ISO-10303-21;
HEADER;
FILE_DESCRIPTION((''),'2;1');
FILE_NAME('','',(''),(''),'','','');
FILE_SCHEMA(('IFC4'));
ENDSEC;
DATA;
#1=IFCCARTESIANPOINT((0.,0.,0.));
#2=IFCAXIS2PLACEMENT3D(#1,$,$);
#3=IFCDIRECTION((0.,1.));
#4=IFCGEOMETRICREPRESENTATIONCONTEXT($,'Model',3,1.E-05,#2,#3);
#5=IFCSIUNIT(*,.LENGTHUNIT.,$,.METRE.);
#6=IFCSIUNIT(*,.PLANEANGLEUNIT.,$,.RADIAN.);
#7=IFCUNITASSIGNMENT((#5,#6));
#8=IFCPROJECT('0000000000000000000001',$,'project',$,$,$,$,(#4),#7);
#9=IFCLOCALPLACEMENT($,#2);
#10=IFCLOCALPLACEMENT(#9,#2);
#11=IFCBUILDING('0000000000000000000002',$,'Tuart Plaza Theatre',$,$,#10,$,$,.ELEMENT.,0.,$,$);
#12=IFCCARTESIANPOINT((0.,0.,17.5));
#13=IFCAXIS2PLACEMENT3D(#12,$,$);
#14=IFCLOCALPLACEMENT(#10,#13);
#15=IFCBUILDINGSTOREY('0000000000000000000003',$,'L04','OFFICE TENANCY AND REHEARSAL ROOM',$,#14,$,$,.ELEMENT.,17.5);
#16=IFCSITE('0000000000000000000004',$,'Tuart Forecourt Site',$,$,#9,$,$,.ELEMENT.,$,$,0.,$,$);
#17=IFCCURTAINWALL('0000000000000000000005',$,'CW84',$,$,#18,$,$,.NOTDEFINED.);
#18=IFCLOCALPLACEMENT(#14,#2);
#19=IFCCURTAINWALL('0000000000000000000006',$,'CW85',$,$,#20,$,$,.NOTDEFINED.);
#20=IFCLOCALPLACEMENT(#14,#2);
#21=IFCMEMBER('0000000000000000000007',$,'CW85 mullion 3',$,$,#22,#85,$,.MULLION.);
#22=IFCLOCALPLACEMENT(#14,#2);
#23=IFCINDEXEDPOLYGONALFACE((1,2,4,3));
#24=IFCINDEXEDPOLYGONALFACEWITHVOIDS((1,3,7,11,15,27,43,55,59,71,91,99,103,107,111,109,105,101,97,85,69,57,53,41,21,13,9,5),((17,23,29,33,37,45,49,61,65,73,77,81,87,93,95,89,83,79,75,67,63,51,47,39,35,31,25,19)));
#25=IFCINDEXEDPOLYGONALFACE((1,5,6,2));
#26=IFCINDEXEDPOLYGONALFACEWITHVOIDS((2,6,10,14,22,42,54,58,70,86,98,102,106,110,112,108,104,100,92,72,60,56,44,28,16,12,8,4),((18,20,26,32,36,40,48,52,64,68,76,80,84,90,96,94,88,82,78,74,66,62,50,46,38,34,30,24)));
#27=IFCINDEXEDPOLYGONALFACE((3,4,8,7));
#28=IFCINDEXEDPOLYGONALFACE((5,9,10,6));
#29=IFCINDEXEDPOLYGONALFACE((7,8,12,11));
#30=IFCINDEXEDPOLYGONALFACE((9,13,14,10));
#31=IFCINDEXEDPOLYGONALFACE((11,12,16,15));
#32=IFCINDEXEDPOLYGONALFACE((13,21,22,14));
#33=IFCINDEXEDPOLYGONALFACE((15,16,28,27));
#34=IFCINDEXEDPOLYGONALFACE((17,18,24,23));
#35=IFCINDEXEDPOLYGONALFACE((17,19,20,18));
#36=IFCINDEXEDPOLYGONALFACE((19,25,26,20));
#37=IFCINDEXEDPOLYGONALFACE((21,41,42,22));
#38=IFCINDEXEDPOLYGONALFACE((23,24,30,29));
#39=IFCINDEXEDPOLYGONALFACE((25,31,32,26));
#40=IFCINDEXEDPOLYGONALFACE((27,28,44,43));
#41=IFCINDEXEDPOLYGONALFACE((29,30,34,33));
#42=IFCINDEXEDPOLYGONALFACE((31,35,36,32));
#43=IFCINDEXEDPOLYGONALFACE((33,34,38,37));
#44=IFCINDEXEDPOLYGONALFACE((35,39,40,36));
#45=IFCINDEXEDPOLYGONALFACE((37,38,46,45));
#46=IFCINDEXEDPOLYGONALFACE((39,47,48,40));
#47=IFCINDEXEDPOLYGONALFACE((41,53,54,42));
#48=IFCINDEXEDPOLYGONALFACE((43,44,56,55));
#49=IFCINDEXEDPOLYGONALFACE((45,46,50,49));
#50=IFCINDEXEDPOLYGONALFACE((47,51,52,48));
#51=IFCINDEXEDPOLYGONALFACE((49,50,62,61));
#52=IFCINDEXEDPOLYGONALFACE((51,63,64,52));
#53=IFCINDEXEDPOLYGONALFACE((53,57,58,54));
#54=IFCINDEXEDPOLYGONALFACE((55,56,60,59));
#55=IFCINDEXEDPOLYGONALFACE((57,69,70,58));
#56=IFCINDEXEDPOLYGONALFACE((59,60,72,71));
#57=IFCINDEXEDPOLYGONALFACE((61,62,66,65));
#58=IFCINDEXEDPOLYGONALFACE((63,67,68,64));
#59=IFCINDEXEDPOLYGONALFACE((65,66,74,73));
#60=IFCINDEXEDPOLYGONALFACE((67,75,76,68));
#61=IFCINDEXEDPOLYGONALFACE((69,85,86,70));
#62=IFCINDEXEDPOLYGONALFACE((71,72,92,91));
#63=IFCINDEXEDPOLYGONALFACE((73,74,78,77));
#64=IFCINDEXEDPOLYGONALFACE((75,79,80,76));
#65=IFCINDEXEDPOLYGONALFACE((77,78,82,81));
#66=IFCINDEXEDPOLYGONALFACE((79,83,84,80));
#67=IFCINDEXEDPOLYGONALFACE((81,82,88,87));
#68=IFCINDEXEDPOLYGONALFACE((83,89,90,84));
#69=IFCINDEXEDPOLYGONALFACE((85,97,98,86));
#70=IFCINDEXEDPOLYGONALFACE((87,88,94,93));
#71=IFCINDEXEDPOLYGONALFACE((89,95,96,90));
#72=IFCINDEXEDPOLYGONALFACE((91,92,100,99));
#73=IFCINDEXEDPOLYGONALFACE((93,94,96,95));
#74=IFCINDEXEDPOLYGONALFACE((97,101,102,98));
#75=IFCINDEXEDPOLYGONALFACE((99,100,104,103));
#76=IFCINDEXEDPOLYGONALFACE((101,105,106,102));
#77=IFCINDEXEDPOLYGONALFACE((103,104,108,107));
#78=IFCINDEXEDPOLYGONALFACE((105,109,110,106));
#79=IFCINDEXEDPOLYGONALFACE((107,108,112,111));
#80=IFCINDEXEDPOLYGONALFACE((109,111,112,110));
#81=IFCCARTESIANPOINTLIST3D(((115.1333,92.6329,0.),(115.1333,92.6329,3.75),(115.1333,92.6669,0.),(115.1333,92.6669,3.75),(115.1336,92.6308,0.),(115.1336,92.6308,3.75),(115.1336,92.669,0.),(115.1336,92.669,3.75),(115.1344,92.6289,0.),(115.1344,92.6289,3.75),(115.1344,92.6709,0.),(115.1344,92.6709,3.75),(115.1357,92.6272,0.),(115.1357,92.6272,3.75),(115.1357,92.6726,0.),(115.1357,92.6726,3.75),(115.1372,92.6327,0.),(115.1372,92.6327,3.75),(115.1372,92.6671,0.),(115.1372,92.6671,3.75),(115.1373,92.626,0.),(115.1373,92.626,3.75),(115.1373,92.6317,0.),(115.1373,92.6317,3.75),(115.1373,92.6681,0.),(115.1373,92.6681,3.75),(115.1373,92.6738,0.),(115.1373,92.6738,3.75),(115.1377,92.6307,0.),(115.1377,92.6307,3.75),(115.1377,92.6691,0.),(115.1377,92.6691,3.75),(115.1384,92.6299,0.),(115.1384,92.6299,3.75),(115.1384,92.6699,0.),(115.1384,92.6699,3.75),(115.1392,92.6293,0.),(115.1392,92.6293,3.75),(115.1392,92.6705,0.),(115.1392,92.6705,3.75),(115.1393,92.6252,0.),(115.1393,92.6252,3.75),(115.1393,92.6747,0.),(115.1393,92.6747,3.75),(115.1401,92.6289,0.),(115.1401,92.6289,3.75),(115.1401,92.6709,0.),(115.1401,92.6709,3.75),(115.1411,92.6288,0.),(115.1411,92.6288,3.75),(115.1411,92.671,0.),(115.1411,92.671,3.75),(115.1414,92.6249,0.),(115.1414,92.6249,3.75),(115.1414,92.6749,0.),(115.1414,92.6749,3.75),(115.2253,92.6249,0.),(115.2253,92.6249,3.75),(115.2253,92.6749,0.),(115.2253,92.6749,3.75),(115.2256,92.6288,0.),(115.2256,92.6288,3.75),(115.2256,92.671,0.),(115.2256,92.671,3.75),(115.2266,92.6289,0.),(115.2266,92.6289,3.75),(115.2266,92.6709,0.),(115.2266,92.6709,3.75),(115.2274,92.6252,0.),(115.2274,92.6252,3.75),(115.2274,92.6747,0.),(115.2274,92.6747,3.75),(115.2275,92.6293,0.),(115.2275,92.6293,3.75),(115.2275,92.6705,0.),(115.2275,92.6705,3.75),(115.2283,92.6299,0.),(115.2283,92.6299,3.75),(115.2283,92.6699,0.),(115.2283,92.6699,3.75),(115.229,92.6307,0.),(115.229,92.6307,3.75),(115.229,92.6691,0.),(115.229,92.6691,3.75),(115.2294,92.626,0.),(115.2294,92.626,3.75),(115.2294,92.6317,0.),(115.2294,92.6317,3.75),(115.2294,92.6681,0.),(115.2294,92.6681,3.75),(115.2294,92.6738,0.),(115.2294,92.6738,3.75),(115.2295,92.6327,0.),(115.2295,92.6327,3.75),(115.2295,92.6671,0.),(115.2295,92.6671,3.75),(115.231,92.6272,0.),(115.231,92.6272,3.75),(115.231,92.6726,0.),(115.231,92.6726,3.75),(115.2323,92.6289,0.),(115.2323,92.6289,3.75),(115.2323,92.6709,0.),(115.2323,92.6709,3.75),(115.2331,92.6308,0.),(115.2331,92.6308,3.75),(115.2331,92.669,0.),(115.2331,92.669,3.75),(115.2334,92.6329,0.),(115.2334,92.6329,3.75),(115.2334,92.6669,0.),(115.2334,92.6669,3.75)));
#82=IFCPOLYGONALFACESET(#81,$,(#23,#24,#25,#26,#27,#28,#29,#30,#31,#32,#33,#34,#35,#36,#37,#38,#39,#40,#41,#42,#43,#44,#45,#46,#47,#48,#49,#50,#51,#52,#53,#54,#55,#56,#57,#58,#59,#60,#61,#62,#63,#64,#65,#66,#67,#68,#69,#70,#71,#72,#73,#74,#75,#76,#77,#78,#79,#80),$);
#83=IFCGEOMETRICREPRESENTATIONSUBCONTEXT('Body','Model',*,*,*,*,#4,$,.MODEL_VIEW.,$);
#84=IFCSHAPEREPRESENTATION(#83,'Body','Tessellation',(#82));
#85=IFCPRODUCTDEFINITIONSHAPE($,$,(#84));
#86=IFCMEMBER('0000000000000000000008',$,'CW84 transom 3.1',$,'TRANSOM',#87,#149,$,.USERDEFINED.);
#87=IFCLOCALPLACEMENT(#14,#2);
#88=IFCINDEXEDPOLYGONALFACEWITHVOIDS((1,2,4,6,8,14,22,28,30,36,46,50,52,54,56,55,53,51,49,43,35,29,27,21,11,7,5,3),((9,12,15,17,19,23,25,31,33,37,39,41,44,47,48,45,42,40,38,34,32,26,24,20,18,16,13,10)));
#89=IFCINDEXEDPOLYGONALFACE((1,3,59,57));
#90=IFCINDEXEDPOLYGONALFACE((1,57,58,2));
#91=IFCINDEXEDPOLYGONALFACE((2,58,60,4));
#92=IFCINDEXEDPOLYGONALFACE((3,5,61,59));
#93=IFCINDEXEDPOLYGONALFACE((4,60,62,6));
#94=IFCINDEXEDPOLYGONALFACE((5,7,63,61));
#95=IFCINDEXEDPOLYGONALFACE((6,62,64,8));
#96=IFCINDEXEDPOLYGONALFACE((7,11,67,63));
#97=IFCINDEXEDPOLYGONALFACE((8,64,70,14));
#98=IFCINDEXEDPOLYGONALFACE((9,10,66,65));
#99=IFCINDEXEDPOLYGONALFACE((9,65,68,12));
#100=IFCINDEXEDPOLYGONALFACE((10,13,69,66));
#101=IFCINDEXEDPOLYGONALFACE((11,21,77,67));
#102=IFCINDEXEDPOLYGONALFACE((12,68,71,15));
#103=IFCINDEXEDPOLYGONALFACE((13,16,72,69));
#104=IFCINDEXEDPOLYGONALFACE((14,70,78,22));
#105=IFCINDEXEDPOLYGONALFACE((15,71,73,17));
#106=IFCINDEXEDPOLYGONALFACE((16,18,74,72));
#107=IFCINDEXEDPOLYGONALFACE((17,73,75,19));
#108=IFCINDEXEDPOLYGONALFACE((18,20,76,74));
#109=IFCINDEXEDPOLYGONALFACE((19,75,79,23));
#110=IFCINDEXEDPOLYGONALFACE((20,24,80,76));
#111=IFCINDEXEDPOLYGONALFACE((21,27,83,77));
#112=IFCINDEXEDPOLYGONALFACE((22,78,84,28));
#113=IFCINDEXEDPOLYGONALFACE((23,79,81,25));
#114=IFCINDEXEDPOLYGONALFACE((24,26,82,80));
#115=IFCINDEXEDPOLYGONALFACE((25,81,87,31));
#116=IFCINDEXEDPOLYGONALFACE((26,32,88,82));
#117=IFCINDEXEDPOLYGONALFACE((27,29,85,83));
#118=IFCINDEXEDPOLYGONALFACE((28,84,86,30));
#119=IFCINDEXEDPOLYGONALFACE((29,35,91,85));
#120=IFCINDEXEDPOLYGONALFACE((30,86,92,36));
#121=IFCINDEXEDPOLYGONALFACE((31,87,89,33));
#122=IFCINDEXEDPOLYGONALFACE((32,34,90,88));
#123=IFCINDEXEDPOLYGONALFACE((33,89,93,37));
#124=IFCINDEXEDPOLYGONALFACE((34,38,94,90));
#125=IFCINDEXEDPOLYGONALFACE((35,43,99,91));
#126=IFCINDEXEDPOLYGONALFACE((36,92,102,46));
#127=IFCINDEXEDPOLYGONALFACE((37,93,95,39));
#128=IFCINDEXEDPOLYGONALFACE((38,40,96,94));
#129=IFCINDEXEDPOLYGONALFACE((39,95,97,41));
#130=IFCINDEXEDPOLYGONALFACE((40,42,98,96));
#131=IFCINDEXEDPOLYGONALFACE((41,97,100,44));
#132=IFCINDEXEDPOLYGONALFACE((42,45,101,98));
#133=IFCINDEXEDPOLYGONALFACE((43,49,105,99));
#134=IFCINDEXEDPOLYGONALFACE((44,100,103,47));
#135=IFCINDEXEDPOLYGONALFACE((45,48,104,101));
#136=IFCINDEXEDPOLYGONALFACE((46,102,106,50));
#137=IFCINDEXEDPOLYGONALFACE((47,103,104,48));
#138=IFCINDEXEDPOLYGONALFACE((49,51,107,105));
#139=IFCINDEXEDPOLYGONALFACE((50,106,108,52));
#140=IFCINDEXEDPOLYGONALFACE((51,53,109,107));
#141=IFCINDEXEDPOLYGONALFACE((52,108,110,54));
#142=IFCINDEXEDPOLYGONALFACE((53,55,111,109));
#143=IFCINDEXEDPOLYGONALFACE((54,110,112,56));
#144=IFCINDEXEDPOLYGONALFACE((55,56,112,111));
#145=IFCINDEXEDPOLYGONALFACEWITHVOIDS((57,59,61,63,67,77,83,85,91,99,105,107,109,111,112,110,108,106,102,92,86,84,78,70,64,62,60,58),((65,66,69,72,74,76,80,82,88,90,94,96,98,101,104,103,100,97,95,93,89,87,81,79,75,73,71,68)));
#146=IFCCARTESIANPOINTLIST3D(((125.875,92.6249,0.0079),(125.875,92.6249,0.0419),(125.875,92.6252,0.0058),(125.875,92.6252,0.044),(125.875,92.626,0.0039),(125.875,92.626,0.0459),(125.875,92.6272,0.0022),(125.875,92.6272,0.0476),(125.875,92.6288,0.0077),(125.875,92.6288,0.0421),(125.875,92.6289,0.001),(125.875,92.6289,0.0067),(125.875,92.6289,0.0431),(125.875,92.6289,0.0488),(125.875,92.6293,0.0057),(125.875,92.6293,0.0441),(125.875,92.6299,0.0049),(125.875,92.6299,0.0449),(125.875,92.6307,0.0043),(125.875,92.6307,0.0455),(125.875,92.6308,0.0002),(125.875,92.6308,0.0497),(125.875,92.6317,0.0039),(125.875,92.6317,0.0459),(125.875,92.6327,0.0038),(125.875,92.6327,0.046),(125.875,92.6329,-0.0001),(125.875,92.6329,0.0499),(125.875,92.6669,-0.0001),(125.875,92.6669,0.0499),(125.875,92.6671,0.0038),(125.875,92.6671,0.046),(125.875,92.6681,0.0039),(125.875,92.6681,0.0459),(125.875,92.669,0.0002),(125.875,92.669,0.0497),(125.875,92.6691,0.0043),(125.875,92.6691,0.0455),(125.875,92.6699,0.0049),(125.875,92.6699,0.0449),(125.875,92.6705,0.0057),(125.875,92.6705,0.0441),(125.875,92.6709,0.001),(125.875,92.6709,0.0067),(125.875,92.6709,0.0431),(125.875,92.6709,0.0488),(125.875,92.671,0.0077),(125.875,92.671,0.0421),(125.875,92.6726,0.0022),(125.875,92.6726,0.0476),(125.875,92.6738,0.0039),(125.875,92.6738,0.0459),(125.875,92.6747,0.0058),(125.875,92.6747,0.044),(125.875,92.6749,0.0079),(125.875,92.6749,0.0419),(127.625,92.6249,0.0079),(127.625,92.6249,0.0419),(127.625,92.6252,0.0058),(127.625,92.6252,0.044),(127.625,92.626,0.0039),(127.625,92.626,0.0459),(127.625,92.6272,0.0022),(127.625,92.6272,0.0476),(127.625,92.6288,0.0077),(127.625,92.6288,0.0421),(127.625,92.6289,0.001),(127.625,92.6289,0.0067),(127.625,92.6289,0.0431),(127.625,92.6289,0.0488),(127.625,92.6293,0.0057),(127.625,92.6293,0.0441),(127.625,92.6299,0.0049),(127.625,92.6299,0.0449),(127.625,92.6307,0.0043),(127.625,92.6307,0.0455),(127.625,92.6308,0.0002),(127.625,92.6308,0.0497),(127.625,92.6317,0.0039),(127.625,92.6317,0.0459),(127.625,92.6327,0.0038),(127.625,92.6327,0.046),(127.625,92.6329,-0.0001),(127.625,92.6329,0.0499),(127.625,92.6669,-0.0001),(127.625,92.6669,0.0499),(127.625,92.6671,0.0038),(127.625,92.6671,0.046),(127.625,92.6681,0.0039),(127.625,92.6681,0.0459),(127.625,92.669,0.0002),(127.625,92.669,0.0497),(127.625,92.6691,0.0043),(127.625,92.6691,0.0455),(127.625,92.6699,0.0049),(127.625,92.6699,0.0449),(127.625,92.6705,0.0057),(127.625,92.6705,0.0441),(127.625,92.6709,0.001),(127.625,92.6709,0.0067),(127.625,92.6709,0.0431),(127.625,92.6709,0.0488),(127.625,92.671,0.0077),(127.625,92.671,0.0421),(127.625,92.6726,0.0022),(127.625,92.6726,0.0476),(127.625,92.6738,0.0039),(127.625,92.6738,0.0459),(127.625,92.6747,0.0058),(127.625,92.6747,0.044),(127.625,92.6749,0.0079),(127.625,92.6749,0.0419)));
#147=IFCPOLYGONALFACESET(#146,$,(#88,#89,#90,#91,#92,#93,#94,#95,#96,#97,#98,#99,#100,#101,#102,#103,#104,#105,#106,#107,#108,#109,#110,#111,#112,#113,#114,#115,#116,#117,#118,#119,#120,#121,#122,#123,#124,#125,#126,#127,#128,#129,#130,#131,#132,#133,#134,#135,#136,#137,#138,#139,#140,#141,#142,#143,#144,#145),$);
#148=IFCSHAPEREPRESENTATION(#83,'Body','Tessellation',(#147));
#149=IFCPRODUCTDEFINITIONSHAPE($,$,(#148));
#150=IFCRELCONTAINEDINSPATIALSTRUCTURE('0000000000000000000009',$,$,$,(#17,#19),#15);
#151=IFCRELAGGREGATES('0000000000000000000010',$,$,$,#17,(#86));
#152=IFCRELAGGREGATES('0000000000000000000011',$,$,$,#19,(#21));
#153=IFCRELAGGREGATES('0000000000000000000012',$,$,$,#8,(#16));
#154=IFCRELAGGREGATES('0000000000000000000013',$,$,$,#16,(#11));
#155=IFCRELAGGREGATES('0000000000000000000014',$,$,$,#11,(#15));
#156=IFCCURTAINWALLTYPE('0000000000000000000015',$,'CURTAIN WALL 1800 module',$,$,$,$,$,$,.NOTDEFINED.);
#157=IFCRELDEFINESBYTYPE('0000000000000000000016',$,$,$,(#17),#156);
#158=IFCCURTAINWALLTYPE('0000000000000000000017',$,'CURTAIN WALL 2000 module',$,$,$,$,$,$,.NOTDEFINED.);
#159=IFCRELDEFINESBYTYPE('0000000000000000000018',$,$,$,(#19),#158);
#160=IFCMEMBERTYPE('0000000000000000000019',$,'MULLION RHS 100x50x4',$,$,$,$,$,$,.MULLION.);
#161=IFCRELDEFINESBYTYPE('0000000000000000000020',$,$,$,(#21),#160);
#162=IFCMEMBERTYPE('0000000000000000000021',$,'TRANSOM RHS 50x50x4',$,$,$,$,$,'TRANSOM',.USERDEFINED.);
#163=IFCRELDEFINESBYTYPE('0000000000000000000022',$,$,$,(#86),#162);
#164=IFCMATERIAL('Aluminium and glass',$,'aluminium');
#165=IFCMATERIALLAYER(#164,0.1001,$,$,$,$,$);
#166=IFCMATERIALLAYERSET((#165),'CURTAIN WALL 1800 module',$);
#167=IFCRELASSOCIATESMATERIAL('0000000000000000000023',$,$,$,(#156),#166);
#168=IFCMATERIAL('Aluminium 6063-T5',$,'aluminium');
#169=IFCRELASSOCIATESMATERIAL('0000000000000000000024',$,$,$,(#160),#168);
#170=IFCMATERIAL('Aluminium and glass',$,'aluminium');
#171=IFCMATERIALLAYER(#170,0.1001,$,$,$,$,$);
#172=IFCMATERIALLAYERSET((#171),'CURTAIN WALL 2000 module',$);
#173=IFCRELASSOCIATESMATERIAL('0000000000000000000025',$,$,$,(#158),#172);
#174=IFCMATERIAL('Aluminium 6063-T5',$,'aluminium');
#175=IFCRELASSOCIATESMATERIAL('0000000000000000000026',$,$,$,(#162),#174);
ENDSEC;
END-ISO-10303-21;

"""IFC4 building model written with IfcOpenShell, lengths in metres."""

from ifc_helpers import new_model, si_unit, direction, frame, origin, origin_2d, place, context, subcontext, project, spatial, hollow_rectangle, extrude, material, layer, layer_set, material_profile, profile_set, type_object, element, aggregate, save


model = new_model("IFC4")

# Units and contexts
model_context = context("Model", 3, precision=1e-05, world=origin(), true_north=direction((0.0, 1.0)))
body_context = subcontext(model_context, "Body", "Model", "MODEL_VIEW")
ifc_project = project(units=[si_unit("LENGTHUNIT", "METRE"), si_unit("PLANEANGLEUNIT", "RADIAN")], contexts=[model_context])

# Site, building, storey
site_placement = place(None, origin())
site = spatial("IfcSite", under=ifc_project, at=site_placement, Name="Tuart Forecourt Site", CompositionType="ELEMENT", RefElevation=0.0)
building_placement = place(site_placement, origin())
building = spatial("IfcBuilding", under=site, at=building_placement, Name="Tuart Plaza Theatre", CompositionType="ELEMENT", ElevationOfRefHeight=0.0)
storey_placement = place(building_placement, frame((0.0, 0.0, 17.5)))
storey = spatial("IfcBuildingStorey", under=building, at=storey_placement, Name="L04", Description="OFFICE TENANCY AND REHEARSAL ROOM", CompositionType="ELEMENT", Elevation=17.5)

# Curtain walls, member
ifc_material_1 = material(Name="Aluminium and glass", Category="aluminium")
ifc_layer_1 = layer(ifc_material_1, 0.1001)
ifc_layer_set_1 = layer_set([ifc_layer_1], Name="CURTAIN WALL 1800 module")
curtain_wall_type_1 = type_object("IfcCurtainWallType", Name="CURTAIN WALL 1800 module", PredefinedType="NOTDEFINED", material=ifc_layer_set_1)
curtain_wall_1_placement = place(storey_placement, origin())
curtain_wall_1 = element("IfcCurtainWall", 1, at=curtain_wall_1_placement, inside=storey, type_object=curtain_wall_type_1, Name="CW84", PredefinedType="NOTDEFINED")
ifc_material_2 = material(Name="Aluminium 6063-T5", Category="aluminium")
ifc_material_profile_1 = material_profile(ifc_material_2, hollow_rectangle(XDim=0.05, YDim=0.1001, WallThickness=0.0039, InnerFilletRadius=0.0039, OuterFilletRadius=0.0081, at=origin_2d()), Name="RHS 100x50x4")
ifc_profile_set_1 = profile_set([ifc_material_profile_1], Name="Aluminium 6063-T5")
member_type_1 = type_object("IfcMemberType", Name="MULLION RHS 100x50x4", PredefinedType="MULLION", material=ifc_profile_set_1)
ifc_material_3 = material(Name="Aluminium and glass", Category="aluminium")
ifc_layer_2 = layer(ifc_material_3, 0.1001)
ifc_layer_set_2 = layer_set([ifc_layer_2], Name="CURTAIN WALL 2000 module")
curtain_wall_type_2 = type_object("IfcCurtainWallType", Name="CURTAIN WALL 2000 module", PredefinedType="NOTDEFINED", material=ifc_layer_set_2)
curtain_wall_2_placement = place(storey_placement, origin())
curtain_wall_2 = element("IfcCurtainWall", 2, at=curtain_wall_2_placement, inside=storey, type_object=curtain_wall_type_2, Name="CW85", PredefinedType="NOTDEFINED")
member_1_placement = place(storey_placement, frame((115.1833, 92.6499, 0.0), z_axis=(0.0, 0.0, 1.0), x_axis=(0.0, -1.0, 0.0)))
member_1 = element("IfcMember", 3, at=member_1_placement, type_object=member_type_1, Name="CW85 mullion 3", PredefinedType="MULLION", context=body_context, shape_type="SweptSolid", body=[
    extrude(hollow_rectangle(XDim=0.05, YDim=0.1001, WallThickness=0.0039, InnerFilletRadius=0.0039, OuterFilletRadius=0.0081, at=origin_2d()), origin(), (0.0, 0.0, 1.0), 3.75),
])

# Member
ifc_material_4 = material(Name="Aluminium 6063-T5", Category="aluminium")
ifc_material_profile_2 = material_profile(ifc_material_4, hollow_rectangle(XDim=0.05, YDim=0.05, WallThickness=0.0039, InnerFilletRadius=0.0039, OuterFilletRadius=0.0081, at=origin_2d()), Name="RHS 50x50x4")
ifc_profile_set_2 = profile_set([ifc_material_profile_2], Name="Aluminium 6063-T5")
member_type_2 = type_object("IfcMemberType", Name="TRANSOM RHS 50x50x4", ElementType="TRANSOM", PredefinedType="USERDEFINED", material=ifc_profile_set_2)
member_2_placement = place(storey_placement, frame((127.625, 92.6499, 0.0249), z_axis=(-1.0, 0.0, 0.0), x_axis=(0.0, -1.0, 0.0)))
member_2 = element("IfcMember", 4, at=member_2_placement, type_object=member_type_2, Name="CW84 transom 3.1", ObjectType="TRANSOM", PredefinedType="USERDEFINED", context=body_context, shape_type="SweptSolid", body=[
    extrude(hollow_rectangle(XDim=0.05, YDim=0.05, WallThickness=0.0039, InnerFilletRadius=0.0039, OuterFilletRadius=0.0081, at=origin_2d()), origin(), (0.0, 0.0, 1.0), 1.75),
])

aggregate(curtain_wall_1, [member_2])
aggregate(curtain_wall_2, [member_1])

save(model, "model.ifc")
